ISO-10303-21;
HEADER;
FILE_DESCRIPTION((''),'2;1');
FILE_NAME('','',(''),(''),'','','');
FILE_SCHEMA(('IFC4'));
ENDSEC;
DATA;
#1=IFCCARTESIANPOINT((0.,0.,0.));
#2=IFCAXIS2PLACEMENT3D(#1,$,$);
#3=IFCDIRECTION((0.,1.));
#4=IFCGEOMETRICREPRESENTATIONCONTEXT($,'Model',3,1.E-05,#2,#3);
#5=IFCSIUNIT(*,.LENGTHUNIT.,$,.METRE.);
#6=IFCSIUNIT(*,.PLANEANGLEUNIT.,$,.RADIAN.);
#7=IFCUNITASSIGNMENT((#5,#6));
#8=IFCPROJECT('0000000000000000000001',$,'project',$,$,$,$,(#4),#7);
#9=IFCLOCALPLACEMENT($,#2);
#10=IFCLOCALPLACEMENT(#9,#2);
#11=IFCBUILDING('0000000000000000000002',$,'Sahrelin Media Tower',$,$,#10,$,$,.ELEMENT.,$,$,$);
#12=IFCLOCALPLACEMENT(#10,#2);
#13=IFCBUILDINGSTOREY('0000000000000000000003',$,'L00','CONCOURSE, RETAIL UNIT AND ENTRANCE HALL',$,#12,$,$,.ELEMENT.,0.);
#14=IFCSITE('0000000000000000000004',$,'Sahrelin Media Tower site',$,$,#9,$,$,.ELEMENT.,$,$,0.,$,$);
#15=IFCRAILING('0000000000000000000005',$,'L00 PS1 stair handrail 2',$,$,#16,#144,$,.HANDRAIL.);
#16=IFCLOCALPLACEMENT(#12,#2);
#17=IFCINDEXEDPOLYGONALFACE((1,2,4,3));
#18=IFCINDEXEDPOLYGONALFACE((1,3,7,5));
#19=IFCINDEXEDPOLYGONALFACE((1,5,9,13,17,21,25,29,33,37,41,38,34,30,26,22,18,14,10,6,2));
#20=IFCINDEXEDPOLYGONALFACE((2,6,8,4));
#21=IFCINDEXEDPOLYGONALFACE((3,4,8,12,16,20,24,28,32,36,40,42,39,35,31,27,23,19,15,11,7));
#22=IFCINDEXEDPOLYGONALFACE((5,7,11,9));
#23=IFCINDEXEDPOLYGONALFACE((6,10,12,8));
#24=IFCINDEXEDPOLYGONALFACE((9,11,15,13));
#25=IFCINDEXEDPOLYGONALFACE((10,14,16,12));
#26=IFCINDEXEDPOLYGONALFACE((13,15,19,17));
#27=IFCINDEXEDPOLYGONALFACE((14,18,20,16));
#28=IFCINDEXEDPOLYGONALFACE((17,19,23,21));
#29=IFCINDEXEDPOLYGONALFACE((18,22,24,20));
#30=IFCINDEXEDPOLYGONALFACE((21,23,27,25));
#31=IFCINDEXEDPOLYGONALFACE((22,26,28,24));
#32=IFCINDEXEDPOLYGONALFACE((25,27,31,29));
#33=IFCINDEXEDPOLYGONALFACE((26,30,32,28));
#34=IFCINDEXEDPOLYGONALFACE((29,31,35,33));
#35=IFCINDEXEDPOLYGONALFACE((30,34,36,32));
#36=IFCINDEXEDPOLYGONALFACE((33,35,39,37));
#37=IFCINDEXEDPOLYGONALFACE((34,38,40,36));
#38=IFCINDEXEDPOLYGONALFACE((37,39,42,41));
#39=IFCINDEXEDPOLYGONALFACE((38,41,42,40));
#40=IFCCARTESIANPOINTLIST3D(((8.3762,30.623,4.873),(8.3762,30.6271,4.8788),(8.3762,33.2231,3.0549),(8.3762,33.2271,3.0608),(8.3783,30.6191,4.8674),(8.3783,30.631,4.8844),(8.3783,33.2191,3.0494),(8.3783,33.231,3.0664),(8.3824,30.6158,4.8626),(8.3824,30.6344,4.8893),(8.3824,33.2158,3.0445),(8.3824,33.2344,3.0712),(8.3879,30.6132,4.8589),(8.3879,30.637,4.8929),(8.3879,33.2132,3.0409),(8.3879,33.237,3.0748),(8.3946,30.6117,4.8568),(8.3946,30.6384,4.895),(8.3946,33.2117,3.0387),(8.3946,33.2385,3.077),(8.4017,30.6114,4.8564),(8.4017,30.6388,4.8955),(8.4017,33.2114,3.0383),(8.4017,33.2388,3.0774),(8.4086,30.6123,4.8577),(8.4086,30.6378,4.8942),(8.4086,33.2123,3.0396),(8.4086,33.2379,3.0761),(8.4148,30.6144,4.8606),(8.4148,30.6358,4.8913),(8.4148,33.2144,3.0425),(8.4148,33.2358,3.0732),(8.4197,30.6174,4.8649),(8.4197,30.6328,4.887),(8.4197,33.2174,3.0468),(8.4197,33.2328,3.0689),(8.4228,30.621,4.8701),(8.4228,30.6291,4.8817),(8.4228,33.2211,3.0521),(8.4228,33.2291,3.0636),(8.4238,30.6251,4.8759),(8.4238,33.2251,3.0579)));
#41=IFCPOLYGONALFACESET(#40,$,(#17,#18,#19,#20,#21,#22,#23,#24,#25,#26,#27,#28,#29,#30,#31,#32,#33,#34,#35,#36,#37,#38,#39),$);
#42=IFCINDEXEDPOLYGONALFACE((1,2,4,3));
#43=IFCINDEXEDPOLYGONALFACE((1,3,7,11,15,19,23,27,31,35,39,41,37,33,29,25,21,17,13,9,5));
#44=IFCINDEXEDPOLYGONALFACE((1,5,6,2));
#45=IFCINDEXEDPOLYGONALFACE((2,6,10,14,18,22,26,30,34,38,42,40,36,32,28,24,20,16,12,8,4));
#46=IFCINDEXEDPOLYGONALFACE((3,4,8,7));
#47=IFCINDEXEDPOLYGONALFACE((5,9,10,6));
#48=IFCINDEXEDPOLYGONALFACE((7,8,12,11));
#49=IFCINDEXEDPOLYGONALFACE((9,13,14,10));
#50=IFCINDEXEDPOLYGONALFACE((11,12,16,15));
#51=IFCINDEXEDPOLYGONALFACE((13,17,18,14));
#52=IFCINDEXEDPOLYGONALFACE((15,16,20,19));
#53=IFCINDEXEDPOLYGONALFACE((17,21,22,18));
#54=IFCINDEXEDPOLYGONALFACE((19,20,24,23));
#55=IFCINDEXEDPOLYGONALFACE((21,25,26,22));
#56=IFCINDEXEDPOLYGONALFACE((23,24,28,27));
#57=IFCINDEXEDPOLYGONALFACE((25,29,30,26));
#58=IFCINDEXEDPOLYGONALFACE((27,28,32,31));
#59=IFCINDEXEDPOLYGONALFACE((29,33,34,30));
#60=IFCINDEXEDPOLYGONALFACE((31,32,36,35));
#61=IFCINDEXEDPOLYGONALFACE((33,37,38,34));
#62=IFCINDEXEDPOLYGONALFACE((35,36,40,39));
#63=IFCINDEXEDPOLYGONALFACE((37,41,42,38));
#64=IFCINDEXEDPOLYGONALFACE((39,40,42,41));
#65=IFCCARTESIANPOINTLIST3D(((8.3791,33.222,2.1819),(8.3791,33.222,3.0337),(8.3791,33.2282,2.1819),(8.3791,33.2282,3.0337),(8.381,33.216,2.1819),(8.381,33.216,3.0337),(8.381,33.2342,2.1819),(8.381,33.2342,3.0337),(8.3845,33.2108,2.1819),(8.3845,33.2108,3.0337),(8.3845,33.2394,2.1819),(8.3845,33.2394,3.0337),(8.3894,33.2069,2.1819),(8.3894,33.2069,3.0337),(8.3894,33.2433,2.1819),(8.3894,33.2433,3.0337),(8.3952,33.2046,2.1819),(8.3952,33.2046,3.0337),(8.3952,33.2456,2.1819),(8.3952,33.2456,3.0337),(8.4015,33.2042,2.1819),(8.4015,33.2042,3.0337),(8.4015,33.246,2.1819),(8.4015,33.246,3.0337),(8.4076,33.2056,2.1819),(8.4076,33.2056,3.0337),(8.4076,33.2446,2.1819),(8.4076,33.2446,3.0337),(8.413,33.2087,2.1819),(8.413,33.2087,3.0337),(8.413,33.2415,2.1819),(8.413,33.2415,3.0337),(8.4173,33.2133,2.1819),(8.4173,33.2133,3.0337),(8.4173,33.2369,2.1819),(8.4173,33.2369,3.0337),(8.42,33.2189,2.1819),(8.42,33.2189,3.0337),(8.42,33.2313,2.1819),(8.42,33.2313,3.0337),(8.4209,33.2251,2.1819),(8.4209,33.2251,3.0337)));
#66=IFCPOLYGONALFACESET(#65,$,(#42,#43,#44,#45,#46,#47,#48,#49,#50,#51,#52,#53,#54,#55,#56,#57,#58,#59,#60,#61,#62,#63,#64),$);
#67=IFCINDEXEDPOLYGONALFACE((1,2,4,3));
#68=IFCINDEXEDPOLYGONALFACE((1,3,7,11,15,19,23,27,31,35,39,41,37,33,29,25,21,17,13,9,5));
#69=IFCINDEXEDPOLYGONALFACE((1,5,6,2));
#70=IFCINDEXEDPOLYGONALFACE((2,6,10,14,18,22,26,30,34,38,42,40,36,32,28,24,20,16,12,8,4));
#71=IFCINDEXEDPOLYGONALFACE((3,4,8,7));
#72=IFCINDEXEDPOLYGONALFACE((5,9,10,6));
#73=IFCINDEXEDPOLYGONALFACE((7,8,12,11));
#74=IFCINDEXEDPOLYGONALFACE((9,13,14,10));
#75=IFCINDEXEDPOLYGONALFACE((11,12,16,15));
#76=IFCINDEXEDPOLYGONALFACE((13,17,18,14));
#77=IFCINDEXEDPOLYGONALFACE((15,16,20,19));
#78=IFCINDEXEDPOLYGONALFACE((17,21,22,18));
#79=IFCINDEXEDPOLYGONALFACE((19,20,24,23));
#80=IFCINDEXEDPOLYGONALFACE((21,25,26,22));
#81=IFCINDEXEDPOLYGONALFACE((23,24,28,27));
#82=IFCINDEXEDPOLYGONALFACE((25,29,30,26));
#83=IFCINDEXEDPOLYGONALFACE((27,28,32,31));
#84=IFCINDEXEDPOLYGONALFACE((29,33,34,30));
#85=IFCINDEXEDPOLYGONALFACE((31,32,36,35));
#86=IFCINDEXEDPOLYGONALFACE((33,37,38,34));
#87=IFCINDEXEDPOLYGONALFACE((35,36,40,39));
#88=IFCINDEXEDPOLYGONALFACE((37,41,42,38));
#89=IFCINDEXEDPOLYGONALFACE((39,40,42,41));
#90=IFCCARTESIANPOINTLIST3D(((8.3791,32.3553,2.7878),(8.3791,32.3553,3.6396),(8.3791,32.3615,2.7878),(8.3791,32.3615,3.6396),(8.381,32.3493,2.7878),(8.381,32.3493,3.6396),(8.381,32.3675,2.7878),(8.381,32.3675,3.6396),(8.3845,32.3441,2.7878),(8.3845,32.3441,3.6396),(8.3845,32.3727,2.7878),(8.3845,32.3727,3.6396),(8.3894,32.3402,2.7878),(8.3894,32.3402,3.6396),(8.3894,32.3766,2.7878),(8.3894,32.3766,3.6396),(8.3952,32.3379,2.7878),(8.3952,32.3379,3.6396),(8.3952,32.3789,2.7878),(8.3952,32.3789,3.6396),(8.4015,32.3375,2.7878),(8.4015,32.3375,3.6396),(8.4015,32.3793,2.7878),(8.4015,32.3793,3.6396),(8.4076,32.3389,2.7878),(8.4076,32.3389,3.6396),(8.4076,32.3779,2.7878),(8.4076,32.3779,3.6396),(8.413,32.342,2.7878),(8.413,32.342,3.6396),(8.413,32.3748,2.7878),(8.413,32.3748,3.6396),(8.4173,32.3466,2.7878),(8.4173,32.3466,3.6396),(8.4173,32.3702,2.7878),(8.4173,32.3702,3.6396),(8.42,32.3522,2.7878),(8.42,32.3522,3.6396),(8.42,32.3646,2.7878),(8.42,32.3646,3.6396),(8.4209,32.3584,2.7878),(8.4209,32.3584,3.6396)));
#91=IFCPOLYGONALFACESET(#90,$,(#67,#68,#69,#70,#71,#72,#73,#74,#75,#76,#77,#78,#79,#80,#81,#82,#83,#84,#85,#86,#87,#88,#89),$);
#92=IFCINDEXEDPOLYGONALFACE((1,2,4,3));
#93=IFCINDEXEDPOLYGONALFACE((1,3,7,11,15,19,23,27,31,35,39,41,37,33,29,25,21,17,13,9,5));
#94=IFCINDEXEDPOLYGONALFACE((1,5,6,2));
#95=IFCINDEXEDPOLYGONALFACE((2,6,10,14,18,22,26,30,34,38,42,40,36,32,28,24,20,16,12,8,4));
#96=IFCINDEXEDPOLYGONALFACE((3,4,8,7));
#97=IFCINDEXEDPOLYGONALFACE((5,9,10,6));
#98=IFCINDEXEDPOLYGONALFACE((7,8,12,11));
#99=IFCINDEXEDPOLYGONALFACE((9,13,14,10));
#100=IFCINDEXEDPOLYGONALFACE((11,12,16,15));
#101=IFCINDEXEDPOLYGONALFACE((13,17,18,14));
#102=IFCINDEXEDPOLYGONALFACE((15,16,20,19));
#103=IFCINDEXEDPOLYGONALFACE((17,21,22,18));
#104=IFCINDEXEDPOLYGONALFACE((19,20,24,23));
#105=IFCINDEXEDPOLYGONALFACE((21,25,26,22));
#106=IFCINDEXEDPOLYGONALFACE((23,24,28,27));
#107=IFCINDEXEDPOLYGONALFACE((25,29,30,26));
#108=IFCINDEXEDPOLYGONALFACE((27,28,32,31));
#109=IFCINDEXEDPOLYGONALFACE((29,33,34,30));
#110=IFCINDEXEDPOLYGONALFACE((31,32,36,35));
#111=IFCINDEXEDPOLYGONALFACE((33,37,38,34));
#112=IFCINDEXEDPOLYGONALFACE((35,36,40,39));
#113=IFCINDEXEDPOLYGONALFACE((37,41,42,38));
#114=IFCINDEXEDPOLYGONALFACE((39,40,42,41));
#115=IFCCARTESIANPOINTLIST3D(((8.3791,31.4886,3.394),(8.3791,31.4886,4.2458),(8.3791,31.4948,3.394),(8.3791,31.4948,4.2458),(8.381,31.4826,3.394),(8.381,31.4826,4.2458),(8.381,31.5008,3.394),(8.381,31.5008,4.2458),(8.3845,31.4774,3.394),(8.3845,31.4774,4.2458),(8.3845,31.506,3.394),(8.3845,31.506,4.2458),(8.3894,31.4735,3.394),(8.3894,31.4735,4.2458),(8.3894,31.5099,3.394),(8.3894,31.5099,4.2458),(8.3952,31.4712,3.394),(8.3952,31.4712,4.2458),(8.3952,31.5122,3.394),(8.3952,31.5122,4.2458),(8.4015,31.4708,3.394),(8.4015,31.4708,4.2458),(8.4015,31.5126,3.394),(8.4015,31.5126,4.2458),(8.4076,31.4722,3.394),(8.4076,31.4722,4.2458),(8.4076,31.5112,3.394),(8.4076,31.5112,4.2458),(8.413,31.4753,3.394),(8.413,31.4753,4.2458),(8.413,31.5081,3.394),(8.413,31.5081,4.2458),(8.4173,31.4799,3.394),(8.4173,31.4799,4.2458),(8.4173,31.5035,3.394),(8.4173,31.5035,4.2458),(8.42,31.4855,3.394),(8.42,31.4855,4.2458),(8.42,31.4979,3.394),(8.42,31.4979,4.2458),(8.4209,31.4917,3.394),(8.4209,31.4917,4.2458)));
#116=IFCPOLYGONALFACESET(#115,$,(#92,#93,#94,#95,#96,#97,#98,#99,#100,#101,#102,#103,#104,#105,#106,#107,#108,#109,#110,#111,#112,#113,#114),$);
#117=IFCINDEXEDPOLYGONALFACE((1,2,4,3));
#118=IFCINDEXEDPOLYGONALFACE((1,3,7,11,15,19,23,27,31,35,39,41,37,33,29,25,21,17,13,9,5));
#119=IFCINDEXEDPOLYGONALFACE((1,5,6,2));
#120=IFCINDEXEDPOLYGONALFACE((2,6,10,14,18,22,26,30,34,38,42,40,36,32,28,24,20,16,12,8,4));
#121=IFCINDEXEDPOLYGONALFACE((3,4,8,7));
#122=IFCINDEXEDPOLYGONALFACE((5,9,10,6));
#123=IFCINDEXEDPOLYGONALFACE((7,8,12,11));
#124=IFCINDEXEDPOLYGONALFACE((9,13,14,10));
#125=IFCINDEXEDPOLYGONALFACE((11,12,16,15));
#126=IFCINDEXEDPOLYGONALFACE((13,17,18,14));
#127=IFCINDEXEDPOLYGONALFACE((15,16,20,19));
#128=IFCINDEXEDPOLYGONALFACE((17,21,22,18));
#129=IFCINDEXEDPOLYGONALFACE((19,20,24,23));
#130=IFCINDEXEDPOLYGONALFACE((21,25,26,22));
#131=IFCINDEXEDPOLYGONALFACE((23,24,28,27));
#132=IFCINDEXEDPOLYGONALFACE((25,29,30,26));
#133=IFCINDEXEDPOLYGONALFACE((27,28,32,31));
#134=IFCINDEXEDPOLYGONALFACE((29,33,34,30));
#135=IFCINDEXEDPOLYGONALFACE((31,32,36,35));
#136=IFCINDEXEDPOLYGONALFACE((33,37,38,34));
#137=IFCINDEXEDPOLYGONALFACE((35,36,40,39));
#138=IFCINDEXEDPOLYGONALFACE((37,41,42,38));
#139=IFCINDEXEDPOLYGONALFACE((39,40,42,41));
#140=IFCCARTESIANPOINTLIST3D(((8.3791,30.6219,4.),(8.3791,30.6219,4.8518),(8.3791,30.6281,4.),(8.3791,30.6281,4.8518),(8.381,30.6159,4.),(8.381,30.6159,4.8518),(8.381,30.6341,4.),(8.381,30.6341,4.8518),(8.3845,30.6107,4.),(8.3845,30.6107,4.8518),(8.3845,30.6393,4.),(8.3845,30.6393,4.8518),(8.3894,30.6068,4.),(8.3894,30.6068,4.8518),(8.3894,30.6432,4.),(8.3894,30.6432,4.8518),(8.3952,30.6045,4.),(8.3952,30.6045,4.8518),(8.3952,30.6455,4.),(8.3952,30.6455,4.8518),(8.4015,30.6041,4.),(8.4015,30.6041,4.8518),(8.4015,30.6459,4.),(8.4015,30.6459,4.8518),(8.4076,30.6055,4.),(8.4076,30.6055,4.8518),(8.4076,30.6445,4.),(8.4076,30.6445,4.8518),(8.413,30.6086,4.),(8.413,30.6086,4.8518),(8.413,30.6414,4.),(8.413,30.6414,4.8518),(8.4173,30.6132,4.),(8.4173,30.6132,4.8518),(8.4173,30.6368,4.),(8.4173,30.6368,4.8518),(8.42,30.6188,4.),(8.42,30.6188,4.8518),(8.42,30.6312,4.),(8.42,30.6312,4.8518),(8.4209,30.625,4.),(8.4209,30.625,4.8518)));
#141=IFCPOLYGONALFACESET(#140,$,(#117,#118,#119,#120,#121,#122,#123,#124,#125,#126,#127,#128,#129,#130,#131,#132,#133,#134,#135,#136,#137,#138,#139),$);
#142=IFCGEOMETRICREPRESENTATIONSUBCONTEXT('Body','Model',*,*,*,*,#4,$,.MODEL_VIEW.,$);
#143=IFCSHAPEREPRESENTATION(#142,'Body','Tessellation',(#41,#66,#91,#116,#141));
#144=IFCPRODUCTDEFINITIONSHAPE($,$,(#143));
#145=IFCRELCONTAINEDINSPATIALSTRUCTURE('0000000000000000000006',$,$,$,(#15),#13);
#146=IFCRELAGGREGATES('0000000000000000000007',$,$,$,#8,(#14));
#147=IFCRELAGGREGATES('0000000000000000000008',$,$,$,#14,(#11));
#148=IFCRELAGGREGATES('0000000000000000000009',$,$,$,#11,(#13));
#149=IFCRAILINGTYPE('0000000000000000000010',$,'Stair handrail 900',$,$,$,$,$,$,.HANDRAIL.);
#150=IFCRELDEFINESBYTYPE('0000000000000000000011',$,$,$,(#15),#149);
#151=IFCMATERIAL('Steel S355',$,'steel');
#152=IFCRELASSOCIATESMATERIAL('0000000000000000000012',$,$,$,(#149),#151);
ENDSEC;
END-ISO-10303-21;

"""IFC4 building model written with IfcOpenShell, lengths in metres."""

from ifc_helpers import new_model, si_unit, direction, frame, origin, origin_2d, place, context, subcontext, project, spatial, circle, extrude, material, type_object, element, save


model = new_model("IFC4")

# Units and contexts
model_context = context("Model", 3, precision=1e-05, world=origin(), true_north=direction((0.0, 1.0)))
body_context = subcontext(model_context, "Body", "Model", "MODEL_VIEW")
ifc_project = project(units=[si_unit("LENGTHUNIT", "METRE"), si_unit("PLANEANGLEUNIT", "RADIAN")], contexts=[model_context])

# Site, building, storey
site_placement = place(None, origin())
site = spatial("IfcSite", under=ifc_project, at=site_placement, Name="Sahrelin Media Tower site", CompositionType="ELEMENT", RefElevation=0.0)
building_placement = place(site_placement, origin())
building = spatial("IfcBuilding", under=site, at=building_placement, Name="Sahrelin Media Tower", CompositionType="ELEMENT")
storey_placement = place(building_placement, origin())
storey = spatial("IfcBuildingStorey", under=building, at=storey_placement, Name="L00", Description="CONCOURSE, RETAIL UNIT AND ENTRANCE HALL", CompositionType="ELEMENT", Elevation=0.0)

# Shared definitions
ifc_material_1 = material(Name="Steel S355", Category="steel")

# Railing
railing_type_1 = type_object("IfcRailingType", Name="Stair handrail 900", PredefinedType="HANDRAIL", material=ifc_material_1)
railing_1_placement = place(storey_placement, frame((8.3999, 33.2251, 2.1819)))
element("IfcRailing", 1, at=railing_1_placement, inside=storey, type_object=railing_type_1, Name="L00 PS1 stair handrail 2", PredefinedType="HANDRAIL", context=body_context, shape_type="SweptSolid", body=[
    extrude(circle(Radius=0.0239, at=origin_2d()), frame((0.0, 0.0, 0.876), z_axis=(0.0, -0.819521, 0.573049), x_axis=(1.0, 0.0, 0.0)), (0.0, 0.0, 1.0), 3.1726),
    extrude(circle(Radius=0.021, at=origin_2d()), origin(), (0.0, 0.0, 1.0), 0.8518),
    extrude(circle(Radius=0.021, at=origin_2d()), frame((0.0, -0.8667, 0.606)), (0.0, 0.0, 1.0), 0.8518),
    extrude(circle(Radius=0.021, at=origin_2d()), frame((0.0, -1.7334, 1.2122)), (0.0, 0.0, 1.0), 0.8518),
    extrude(circle(Radius=0.021, at=origin_2d()), frame((0.0, -2.6001, 1.8181)), (0.0, 0.0, 1.0), 0.8518),
])

save(model, "model.ifc")
